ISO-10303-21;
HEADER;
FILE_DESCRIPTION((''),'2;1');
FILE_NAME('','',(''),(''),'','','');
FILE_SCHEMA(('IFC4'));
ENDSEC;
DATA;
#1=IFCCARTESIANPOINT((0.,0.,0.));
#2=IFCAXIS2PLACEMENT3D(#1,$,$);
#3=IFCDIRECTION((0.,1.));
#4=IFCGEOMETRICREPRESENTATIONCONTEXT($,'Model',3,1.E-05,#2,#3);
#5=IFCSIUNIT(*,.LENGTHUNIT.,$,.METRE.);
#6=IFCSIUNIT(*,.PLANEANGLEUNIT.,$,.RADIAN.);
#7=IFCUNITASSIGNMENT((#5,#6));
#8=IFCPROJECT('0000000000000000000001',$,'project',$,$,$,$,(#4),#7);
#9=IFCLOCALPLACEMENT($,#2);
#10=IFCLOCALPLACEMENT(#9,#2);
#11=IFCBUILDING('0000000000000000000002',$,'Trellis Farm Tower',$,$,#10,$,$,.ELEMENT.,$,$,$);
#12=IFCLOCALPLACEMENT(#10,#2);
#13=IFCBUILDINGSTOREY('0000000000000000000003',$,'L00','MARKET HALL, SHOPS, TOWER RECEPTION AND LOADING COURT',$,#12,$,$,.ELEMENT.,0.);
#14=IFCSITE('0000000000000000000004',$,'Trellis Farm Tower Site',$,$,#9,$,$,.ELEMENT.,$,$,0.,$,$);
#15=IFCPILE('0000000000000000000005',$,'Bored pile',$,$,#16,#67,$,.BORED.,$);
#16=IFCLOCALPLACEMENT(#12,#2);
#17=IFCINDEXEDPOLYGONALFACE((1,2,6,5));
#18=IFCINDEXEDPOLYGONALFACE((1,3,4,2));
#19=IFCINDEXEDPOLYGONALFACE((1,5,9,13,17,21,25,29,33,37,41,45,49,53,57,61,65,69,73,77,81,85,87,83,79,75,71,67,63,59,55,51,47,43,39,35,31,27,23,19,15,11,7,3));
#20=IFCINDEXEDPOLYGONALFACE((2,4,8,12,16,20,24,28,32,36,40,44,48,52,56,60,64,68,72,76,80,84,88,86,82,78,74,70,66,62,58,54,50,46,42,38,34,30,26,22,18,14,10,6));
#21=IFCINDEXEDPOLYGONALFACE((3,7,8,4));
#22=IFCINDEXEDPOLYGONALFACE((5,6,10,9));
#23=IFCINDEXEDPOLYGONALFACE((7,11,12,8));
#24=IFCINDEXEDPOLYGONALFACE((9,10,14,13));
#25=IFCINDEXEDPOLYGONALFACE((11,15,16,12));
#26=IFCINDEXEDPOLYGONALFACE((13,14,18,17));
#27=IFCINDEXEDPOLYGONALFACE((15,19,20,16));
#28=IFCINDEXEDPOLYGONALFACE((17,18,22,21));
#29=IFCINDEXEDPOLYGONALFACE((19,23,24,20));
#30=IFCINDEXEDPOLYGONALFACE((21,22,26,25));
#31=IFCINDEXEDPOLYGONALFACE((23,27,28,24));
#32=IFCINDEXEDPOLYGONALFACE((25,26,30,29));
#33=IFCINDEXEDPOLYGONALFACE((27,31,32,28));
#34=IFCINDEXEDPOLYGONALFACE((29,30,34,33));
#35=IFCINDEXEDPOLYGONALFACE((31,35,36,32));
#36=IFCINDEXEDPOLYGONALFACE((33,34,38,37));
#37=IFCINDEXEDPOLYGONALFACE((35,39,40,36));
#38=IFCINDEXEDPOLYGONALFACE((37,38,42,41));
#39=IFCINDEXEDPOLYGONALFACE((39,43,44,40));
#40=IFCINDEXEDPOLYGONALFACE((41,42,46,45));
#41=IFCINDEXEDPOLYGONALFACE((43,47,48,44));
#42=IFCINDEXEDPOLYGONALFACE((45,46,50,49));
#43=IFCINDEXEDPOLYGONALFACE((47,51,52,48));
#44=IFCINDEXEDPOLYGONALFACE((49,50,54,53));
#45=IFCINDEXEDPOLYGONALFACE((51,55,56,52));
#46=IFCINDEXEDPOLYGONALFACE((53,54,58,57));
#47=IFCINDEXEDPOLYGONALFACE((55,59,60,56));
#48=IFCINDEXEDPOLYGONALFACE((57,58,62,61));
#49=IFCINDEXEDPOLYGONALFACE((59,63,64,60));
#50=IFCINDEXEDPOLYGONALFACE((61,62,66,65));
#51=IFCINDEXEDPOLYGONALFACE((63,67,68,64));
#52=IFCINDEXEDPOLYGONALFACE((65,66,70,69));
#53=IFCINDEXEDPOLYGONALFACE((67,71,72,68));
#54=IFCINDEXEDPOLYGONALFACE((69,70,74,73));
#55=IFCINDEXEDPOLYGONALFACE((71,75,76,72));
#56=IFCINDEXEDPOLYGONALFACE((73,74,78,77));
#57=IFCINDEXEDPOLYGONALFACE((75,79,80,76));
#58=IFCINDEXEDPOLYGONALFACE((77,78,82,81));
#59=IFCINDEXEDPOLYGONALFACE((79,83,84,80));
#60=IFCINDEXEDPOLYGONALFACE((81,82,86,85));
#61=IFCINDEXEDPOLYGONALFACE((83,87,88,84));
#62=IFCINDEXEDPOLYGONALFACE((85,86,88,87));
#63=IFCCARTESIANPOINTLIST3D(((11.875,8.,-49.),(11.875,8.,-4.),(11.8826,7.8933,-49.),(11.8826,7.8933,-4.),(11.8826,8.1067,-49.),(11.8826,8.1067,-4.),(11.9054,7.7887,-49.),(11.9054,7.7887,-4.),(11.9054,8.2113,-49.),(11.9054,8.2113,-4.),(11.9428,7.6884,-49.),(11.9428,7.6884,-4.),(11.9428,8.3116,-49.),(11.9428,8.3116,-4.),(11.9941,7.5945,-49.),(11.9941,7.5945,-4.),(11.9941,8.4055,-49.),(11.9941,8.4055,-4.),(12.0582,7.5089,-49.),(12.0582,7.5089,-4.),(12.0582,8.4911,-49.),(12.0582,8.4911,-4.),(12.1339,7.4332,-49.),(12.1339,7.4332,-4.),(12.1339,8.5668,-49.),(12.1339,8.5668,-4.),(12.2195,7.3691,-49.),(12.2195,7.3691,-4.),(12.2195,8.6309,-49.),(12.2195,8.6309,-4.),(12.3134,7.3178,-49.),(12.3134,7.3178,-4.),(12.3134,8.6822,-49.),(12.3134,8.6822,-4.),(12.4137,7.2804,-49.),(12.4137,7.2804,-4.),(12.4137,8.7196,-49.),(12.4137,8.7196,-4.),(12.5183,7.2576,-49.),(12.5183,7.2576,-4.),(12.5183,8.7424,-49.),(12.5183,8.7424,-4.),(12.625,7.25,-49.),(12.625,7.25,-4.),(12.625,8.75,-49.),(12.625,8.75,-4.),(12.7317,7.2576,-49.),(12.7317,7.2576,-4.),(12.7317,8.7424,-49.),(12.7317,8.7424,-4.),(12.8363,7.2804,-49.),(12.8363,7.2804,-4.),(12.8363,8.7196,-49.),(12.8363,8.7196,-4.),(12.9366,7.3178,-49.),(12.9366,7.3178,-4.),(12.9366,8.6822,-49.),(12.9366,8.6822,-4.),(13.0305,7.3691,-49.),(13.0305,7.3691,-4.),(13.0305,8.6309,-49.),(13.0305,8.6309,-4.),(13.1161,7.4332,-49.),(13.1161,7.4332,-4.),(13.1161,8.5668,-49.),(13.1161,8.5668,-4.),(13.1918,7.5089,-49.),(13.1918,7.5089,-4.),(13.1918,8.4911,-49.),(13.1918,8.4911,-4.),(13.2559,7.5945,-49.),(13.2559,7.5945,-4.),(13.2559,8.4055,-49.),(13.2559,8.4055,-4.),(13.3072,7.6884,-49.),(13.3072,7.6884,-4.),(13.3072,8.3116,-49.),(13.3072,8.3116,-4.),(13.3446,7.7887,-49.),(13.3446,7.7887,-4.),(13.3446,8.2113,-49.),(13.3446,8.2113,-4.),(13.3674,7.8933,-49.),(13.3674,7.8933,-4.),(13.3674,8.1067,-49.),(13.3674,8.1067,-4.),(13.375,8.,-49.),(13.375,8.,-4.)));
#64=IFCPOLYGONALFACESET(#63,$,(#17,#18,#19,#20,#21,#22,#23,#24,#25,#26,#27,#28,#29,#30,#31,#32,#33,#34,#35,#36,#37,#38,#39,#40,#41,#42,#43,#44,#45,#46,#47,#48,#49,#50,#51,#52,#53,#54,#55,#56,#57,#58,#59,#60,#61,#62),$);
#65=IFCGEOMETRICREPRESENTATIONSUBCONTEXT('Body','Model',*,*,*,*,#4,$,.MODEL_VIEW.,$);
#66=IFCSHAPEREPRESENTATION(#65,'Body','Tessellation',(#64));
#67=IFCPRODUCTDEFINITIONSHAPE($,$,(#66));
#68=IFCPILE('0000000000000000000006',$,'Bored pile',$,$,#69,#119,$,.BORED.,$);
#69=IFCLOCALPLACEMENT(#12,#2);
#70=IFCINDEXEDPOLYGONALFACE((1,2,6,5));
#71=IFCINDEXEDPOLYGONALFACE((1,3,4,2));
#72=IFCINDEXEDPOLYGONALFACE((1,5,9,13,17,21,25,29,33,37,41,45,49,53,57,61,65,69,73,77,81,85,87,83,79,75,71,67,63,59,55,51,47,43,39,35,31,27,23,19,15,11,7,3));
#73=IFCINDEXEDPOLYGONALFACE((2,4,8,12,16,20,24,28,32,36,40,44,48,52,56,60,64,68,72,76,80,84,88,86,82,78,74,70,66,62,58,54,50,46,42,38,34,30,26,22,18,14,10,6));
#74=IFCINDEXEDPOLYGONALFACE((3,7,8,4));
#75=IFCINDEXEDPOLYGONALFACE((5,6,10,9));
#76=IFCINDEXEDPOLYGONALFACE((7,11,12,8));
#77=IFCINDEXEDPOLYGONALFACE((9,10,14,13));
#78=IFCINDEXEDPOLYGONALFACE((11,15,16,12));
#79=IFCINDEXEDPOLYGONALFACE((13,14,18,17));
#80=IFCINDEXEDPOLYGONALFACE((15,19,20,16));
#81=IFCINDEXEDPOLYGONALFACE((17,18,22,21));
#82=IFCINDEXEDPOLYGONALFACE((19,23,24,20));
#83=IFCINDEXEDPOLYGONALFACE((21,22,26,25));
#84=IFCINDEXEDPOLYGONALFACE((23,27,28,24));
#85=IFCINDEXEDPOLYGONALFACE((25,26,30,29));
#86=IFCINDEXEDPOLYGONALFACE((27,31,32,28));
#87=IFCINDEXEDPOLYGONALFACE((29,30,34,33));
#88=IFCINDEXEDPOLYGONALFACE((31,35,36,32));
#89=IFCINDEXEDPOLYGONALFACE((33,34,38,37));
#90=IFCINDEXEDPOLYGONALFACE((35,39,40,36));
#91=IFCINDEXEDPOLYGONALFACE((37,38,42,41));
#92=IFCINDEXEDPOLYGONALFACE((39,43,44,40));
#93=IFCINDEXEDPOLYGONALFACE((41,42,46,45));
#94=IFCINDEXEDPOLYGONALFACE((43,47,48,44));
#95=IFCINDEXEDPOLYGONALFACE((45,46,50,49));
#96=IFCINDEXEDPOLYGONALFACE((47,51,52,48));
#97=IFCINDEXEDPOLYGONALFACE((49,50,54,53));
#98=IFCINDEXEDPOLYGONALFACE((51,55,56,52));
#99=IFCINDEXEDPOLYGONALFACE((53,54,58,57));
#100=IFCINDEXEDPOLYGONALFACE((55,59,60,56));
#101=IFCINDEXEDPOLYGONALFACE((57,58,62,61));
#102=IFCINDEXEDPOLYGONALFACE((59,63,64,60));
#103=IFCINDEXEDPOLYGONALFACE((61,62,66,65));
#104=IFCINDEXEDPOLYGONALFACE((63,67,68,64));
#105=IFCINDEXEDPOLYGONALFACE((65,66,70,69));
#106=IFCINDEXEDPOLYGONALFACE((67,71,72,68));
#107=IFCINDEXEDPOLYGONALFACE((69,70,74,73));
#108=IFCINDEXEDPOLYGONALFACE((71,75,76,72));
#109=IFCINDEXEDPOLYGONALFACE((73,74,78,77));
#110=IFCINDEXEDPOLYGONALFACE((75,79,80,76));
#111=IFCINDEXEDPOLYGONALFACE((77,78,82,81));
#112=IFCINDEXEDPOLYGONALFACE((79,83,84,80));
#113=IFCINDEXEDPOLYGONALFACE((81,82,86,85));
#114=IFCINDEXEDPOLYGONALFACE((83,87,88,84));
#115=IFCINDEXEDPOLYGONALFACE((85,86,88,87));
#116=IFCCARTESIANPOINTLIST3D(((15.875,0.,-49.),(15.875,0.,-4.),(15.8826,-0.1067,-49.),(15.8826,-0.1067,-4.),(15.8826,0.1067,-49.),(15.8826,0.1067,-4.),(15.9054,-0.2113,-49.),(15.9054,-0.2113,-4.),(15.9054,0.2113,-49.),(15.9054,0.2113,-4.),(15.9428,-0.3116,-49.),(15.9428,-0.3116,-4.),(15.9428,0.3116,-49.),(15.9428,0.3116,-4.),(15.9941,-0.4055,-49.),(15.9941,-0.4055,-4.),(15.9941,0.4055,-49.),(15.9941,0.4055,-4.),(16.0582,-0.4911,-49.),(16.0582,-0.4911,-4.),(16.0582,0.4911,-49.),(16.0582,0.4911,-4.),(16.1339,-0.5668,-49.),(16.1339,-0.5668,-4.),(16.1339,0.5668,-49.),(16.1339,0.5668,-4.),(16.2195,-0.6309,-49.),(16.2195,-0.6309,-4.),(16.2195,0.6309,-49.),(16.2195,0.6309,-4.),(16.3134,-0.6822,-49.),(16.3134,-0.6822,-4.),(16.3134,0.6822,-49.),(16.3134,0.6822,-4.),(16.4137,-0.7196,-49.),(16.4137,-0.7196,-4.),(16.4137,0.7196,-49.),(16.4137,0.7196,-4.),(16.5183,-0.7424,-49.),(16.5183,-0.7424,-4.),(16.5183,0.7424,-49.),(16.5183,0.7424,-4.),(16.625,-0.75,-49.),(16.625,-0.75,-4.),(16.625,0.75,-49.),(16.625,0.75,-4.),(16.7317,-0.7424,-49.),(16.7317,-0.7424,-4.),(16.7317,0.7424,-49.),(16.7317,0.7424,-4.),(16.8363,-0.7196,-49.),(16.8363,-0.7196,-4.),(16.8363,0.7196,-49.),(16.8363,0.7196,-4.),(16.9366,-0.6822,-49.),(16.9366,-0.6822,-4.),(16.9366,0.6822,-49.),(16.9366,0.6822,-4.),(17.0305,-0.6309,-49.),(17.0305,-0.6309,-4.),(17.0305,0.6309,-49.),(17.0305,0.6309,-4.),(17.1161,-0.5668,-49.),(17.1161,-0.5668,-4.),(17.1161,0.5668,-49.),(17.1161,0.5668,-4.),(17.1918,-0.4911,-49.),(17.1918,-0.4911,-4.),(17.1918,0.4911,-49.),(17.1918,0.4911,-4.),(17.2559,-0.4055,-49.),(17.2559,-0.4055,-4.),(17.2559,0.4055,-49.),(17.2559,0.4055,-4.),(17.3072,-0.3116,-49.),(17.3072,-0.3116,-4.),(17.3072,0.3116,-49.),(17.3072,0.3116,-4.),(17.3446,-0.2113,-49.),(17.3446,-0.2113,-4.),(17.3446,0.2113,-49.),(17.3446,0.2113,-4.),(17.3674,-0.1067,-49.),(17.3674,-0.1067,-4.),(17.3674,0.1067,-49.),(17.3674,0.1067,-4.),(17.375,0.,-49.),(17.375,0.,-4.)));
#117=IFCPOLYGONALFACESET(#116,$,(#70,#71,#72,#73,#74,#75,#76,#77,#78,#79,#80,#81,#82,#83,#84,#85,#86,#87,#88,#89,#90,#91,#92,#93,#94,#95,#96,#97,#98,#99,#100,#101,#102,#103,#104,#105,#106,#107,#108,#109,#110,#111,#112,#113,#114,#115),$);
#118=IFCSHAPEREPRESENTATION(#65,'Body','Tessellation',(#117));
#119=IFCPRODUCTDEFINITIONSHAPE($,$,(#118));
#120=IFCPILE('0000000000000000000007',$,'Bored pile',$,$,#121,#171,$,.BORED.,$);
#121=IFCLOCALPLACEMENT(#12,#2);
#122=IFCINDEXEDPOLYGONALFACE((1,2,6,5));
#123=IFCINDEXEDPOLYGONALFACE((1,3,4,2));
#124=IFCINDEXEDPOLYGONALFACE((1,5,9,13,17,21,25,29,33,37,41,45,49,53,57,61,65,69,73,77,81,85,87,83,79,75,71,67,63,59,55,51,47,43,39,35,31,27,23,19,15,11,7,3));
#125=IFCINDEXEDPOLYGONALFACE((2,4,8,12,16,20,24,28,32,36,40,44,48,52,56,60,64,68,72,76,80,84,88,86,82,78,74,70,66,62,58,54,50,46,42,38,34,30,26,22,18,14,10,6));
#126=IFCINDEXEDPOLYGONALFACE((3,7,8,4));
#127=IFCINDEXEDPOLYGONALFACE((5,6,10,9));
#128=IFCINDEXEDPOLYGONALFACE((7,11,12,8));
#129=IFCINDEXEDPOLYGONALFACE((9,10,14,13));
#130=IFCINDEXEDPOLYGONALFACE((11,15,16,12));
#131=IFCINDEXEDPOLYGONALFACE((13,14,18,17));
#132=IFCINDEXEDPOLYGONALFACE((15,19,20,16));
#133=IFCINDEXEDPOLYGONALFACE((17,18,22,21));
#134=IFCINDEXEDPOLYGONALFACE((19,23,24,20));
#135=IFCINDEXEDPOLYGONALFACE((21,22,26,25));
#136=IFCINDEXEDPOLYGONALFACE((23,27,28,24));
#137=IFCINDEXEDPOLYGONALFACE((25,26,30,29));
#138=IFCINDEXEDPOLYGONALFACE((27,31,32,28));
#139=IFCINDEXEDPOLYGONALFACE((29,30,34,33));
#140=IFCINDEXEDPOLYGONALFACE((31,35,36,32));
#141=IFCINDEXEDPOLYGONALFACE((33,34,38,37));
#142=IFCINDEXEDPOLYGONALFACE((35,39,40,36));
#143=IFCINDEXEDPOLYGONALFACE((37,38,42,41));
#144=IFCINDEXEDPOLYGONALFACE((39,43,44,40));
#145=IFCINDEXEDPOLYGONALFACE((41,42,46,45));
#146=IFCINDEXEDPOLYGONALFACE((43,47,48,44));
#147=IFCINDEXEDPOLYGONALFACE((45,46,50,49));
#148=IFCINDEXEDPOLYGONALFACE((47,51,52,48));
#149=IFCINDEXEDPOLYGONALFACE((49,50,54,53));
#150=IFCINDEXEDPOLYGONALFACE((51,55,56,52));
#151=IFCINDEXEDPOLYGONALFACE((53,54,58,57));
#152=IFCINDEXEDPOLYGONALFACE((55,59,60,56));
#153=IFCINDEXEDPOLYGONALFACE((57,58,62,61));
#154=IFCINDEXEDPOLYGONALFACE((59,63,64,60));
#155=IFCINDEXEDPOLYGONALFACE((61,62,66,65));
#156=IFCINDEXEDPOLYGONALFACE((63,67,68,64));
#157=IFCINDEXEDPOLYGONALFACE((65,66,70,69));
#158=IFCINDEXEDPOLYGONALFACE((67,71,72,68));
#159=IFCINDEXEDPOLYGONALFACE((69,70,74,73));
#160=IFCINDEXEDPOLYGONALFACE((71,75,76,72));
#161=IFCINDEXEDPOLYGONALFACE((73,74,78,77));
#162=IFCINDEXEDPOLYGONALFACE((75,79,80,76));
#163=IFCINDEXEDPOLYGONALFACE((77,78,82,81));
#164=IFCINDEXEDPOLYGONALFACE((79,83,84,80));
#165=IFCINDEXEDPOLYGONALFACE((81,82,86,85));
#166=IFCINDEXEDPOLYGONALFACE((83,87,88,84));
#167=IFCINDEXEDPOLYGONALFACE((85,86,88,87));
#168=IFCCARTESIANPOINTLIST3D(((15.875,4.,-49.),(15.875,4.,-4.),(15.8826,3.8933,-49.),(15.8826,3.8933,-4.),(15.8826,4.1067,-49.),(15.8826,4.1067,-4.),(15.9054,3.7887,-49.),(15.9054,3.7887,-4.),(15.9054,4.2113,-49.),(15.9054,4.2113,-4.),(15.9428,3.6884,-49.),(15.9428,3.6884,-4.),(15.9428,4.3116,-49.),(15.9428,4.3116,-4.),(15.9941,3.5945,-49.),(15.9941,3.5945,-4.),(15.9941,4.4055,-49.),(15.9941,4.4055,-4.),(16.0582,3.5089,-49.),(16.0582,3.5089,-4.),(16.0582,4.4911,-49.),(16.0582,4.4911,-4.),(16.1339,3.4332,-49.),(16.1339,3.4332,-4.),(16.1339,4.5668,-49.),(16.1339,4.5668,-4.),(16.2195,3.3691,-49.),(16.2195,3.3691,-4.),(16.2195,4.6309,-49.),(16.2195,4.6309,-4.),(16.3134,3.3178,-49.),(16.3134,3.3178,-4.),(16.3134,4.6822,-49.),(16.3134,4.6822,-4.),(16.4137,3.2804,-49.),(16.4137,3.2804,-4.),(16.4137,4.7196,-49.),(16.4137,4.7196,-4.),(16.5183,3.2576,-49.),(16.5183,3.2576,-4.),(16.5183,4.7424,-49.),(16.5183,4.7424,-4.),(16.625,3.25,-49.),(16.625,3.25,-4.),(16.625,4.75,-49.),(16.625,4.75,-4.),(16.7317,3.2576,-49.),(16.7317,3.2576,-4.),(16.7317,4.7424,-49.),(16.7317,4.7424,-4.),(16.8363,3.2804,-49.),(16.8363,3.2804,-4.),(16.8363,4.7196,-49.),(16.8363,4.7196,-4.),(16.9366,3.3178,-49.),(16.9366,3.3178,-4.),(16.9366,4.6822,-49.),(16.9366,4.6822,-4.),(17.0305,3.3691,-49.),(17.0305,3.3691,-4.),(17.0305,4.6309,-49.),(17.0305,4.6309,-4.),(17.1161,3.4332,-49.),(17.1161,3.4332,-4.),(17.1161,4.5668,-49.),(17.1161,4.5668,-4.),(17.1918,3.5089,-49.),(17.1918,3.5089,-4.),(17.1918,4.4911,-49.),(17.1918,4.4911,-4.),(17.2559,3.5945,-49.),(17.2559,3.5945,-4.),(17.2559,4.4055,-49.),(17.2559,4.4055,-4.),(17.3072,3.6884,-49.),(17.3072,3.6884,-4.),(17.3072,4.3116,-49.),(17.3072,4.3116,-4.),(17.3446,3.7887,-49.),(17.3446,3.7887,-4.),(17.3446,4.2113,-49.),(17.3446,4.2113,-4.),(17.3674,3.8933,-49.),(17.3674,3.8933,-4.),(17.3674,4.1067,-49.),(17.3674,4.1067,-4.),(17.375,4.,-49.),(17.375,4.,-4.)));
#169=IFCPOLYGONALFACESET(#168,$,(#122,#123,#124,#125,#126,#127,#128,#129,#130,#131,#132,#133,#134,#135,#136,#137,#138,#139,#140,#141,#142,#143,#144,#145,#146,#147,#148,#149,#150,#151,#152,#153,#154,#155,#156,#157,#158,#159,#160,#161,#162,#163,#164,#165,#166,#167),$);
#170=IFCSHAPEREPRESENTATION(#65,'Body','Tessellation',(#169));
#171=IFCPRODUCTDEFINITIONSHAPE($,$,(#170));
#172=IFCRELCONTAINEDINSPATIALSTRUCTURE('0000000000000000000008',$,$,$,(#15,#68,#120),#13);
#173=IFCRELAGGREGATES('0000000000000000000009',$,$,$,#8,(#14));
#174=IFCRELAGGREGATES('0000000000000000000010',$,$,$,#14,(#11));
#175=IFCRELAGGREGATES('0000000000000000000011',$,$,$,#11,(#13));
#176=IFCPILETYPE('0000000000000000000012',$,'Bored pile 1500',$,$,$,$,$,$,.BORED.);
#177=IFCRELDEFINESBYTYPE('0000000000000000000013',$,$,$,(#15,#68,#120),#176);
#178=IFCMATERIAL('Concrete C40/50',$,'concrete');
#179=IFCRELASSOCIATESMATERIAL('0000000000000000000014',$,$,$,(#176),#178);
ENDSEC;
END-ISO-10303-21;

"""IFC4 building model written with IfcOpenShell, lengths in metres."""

from ifc_helpers import new_model, si_unit, direction, frame, origin, origin_2d, place, context, subcontext, project, spatial, circle, extrude, source, transform, mapped, material, material_profile, profile_set, type_object, element, save


model = new_model("IFC4")

# Units and contexts
model_context = context("Model", 3, precision=1e-05, world=origin(), true_north=direction((0.0, 1.0)))
body_context = subcontext(model_context, "Body", "Model", "MODEL_VIEW")
ifc_project = project(units=[si_unit("LENGTHUNIT", "METRE"), si_unit("PLANEANGLEUNIT", "RADIAN")], contexts=[model_context])

# Site, building, storey
site_placement = place(None, origin())
site = spatial("IfcSite", under=ifc_project, at=site_placement, Name="Trellis Farm Tower Site", CompositionType="ELEMENT", RefElevation=0.0)
building_placement = place(site_placement, origin())
building = spatial("IfcBuilding", under=site, at=building_placement, Name="Trellis Farm Tower", CompositionType="ELEMENT")
storey_placement = place(building_placement, origin())
storey = spatial("IfcBuildingStorey", under=building, at=storey_placement, Name="L00", Description="MARKET HALL, SHOPS, TOWER RECEPTION AND LOADING COURT", CompositionType="ELEMENT", Elevation=0.0)

# Piles
ifc_material_1 = material(Name="Concrete C40/50", Category="concrete")
ifc_material_profile_1 = material_profile(ifc_material_1, circle(Radius=0.75, at=origin_2d()), Name="Bored pile 1500")
ifc_profile_set_1 = profile_set([ifc_material_profile_1], Name="Concrete C40/50")
pile_type = type_object("IfcPileType", Name="Bored pile 1500", PredefinedType="BORED", material=ifc_profile_set_1)
shared_shape_1 = source(origin(), body_context, "Body", "SweptSolid", [
    extrude(circle(Radius=0.75, at=origin_2d()), origin(), (0.0, 0.0, 1.0), 45.0),
])
for number, where, z_axis, x_axis, name in (
    (1, (12.625, 8.0, -4.0), (0.0, 0.0, -1.0), (1.0, 0.0, 0.0), "Bored pile"),
    (2, (16.625, 0.0, -4.0), (0.0, 0.0, -1.0), (1.0, 0.0, 0.0), "Bored pile"),
    (3, (16.625, 4.0, -4.0), (0.0, 0.0, -1.0), (1.0, 0.0, 0.0), "Bored pile"),
):
    element("IfcPile", number, at=place(storey_placement, frame(where, z_axis=z_axis, x_axis=x_axis)), inside=storey, type_object=pile_type, Name=name, PredefinedType="BORED", context=body_context, shape_type="MappedRepresentation", body=[
        mapped(shared_shape_1, transform((0.0, 0.0, 0.0))),
    ])

save(model, "model.ifc")
